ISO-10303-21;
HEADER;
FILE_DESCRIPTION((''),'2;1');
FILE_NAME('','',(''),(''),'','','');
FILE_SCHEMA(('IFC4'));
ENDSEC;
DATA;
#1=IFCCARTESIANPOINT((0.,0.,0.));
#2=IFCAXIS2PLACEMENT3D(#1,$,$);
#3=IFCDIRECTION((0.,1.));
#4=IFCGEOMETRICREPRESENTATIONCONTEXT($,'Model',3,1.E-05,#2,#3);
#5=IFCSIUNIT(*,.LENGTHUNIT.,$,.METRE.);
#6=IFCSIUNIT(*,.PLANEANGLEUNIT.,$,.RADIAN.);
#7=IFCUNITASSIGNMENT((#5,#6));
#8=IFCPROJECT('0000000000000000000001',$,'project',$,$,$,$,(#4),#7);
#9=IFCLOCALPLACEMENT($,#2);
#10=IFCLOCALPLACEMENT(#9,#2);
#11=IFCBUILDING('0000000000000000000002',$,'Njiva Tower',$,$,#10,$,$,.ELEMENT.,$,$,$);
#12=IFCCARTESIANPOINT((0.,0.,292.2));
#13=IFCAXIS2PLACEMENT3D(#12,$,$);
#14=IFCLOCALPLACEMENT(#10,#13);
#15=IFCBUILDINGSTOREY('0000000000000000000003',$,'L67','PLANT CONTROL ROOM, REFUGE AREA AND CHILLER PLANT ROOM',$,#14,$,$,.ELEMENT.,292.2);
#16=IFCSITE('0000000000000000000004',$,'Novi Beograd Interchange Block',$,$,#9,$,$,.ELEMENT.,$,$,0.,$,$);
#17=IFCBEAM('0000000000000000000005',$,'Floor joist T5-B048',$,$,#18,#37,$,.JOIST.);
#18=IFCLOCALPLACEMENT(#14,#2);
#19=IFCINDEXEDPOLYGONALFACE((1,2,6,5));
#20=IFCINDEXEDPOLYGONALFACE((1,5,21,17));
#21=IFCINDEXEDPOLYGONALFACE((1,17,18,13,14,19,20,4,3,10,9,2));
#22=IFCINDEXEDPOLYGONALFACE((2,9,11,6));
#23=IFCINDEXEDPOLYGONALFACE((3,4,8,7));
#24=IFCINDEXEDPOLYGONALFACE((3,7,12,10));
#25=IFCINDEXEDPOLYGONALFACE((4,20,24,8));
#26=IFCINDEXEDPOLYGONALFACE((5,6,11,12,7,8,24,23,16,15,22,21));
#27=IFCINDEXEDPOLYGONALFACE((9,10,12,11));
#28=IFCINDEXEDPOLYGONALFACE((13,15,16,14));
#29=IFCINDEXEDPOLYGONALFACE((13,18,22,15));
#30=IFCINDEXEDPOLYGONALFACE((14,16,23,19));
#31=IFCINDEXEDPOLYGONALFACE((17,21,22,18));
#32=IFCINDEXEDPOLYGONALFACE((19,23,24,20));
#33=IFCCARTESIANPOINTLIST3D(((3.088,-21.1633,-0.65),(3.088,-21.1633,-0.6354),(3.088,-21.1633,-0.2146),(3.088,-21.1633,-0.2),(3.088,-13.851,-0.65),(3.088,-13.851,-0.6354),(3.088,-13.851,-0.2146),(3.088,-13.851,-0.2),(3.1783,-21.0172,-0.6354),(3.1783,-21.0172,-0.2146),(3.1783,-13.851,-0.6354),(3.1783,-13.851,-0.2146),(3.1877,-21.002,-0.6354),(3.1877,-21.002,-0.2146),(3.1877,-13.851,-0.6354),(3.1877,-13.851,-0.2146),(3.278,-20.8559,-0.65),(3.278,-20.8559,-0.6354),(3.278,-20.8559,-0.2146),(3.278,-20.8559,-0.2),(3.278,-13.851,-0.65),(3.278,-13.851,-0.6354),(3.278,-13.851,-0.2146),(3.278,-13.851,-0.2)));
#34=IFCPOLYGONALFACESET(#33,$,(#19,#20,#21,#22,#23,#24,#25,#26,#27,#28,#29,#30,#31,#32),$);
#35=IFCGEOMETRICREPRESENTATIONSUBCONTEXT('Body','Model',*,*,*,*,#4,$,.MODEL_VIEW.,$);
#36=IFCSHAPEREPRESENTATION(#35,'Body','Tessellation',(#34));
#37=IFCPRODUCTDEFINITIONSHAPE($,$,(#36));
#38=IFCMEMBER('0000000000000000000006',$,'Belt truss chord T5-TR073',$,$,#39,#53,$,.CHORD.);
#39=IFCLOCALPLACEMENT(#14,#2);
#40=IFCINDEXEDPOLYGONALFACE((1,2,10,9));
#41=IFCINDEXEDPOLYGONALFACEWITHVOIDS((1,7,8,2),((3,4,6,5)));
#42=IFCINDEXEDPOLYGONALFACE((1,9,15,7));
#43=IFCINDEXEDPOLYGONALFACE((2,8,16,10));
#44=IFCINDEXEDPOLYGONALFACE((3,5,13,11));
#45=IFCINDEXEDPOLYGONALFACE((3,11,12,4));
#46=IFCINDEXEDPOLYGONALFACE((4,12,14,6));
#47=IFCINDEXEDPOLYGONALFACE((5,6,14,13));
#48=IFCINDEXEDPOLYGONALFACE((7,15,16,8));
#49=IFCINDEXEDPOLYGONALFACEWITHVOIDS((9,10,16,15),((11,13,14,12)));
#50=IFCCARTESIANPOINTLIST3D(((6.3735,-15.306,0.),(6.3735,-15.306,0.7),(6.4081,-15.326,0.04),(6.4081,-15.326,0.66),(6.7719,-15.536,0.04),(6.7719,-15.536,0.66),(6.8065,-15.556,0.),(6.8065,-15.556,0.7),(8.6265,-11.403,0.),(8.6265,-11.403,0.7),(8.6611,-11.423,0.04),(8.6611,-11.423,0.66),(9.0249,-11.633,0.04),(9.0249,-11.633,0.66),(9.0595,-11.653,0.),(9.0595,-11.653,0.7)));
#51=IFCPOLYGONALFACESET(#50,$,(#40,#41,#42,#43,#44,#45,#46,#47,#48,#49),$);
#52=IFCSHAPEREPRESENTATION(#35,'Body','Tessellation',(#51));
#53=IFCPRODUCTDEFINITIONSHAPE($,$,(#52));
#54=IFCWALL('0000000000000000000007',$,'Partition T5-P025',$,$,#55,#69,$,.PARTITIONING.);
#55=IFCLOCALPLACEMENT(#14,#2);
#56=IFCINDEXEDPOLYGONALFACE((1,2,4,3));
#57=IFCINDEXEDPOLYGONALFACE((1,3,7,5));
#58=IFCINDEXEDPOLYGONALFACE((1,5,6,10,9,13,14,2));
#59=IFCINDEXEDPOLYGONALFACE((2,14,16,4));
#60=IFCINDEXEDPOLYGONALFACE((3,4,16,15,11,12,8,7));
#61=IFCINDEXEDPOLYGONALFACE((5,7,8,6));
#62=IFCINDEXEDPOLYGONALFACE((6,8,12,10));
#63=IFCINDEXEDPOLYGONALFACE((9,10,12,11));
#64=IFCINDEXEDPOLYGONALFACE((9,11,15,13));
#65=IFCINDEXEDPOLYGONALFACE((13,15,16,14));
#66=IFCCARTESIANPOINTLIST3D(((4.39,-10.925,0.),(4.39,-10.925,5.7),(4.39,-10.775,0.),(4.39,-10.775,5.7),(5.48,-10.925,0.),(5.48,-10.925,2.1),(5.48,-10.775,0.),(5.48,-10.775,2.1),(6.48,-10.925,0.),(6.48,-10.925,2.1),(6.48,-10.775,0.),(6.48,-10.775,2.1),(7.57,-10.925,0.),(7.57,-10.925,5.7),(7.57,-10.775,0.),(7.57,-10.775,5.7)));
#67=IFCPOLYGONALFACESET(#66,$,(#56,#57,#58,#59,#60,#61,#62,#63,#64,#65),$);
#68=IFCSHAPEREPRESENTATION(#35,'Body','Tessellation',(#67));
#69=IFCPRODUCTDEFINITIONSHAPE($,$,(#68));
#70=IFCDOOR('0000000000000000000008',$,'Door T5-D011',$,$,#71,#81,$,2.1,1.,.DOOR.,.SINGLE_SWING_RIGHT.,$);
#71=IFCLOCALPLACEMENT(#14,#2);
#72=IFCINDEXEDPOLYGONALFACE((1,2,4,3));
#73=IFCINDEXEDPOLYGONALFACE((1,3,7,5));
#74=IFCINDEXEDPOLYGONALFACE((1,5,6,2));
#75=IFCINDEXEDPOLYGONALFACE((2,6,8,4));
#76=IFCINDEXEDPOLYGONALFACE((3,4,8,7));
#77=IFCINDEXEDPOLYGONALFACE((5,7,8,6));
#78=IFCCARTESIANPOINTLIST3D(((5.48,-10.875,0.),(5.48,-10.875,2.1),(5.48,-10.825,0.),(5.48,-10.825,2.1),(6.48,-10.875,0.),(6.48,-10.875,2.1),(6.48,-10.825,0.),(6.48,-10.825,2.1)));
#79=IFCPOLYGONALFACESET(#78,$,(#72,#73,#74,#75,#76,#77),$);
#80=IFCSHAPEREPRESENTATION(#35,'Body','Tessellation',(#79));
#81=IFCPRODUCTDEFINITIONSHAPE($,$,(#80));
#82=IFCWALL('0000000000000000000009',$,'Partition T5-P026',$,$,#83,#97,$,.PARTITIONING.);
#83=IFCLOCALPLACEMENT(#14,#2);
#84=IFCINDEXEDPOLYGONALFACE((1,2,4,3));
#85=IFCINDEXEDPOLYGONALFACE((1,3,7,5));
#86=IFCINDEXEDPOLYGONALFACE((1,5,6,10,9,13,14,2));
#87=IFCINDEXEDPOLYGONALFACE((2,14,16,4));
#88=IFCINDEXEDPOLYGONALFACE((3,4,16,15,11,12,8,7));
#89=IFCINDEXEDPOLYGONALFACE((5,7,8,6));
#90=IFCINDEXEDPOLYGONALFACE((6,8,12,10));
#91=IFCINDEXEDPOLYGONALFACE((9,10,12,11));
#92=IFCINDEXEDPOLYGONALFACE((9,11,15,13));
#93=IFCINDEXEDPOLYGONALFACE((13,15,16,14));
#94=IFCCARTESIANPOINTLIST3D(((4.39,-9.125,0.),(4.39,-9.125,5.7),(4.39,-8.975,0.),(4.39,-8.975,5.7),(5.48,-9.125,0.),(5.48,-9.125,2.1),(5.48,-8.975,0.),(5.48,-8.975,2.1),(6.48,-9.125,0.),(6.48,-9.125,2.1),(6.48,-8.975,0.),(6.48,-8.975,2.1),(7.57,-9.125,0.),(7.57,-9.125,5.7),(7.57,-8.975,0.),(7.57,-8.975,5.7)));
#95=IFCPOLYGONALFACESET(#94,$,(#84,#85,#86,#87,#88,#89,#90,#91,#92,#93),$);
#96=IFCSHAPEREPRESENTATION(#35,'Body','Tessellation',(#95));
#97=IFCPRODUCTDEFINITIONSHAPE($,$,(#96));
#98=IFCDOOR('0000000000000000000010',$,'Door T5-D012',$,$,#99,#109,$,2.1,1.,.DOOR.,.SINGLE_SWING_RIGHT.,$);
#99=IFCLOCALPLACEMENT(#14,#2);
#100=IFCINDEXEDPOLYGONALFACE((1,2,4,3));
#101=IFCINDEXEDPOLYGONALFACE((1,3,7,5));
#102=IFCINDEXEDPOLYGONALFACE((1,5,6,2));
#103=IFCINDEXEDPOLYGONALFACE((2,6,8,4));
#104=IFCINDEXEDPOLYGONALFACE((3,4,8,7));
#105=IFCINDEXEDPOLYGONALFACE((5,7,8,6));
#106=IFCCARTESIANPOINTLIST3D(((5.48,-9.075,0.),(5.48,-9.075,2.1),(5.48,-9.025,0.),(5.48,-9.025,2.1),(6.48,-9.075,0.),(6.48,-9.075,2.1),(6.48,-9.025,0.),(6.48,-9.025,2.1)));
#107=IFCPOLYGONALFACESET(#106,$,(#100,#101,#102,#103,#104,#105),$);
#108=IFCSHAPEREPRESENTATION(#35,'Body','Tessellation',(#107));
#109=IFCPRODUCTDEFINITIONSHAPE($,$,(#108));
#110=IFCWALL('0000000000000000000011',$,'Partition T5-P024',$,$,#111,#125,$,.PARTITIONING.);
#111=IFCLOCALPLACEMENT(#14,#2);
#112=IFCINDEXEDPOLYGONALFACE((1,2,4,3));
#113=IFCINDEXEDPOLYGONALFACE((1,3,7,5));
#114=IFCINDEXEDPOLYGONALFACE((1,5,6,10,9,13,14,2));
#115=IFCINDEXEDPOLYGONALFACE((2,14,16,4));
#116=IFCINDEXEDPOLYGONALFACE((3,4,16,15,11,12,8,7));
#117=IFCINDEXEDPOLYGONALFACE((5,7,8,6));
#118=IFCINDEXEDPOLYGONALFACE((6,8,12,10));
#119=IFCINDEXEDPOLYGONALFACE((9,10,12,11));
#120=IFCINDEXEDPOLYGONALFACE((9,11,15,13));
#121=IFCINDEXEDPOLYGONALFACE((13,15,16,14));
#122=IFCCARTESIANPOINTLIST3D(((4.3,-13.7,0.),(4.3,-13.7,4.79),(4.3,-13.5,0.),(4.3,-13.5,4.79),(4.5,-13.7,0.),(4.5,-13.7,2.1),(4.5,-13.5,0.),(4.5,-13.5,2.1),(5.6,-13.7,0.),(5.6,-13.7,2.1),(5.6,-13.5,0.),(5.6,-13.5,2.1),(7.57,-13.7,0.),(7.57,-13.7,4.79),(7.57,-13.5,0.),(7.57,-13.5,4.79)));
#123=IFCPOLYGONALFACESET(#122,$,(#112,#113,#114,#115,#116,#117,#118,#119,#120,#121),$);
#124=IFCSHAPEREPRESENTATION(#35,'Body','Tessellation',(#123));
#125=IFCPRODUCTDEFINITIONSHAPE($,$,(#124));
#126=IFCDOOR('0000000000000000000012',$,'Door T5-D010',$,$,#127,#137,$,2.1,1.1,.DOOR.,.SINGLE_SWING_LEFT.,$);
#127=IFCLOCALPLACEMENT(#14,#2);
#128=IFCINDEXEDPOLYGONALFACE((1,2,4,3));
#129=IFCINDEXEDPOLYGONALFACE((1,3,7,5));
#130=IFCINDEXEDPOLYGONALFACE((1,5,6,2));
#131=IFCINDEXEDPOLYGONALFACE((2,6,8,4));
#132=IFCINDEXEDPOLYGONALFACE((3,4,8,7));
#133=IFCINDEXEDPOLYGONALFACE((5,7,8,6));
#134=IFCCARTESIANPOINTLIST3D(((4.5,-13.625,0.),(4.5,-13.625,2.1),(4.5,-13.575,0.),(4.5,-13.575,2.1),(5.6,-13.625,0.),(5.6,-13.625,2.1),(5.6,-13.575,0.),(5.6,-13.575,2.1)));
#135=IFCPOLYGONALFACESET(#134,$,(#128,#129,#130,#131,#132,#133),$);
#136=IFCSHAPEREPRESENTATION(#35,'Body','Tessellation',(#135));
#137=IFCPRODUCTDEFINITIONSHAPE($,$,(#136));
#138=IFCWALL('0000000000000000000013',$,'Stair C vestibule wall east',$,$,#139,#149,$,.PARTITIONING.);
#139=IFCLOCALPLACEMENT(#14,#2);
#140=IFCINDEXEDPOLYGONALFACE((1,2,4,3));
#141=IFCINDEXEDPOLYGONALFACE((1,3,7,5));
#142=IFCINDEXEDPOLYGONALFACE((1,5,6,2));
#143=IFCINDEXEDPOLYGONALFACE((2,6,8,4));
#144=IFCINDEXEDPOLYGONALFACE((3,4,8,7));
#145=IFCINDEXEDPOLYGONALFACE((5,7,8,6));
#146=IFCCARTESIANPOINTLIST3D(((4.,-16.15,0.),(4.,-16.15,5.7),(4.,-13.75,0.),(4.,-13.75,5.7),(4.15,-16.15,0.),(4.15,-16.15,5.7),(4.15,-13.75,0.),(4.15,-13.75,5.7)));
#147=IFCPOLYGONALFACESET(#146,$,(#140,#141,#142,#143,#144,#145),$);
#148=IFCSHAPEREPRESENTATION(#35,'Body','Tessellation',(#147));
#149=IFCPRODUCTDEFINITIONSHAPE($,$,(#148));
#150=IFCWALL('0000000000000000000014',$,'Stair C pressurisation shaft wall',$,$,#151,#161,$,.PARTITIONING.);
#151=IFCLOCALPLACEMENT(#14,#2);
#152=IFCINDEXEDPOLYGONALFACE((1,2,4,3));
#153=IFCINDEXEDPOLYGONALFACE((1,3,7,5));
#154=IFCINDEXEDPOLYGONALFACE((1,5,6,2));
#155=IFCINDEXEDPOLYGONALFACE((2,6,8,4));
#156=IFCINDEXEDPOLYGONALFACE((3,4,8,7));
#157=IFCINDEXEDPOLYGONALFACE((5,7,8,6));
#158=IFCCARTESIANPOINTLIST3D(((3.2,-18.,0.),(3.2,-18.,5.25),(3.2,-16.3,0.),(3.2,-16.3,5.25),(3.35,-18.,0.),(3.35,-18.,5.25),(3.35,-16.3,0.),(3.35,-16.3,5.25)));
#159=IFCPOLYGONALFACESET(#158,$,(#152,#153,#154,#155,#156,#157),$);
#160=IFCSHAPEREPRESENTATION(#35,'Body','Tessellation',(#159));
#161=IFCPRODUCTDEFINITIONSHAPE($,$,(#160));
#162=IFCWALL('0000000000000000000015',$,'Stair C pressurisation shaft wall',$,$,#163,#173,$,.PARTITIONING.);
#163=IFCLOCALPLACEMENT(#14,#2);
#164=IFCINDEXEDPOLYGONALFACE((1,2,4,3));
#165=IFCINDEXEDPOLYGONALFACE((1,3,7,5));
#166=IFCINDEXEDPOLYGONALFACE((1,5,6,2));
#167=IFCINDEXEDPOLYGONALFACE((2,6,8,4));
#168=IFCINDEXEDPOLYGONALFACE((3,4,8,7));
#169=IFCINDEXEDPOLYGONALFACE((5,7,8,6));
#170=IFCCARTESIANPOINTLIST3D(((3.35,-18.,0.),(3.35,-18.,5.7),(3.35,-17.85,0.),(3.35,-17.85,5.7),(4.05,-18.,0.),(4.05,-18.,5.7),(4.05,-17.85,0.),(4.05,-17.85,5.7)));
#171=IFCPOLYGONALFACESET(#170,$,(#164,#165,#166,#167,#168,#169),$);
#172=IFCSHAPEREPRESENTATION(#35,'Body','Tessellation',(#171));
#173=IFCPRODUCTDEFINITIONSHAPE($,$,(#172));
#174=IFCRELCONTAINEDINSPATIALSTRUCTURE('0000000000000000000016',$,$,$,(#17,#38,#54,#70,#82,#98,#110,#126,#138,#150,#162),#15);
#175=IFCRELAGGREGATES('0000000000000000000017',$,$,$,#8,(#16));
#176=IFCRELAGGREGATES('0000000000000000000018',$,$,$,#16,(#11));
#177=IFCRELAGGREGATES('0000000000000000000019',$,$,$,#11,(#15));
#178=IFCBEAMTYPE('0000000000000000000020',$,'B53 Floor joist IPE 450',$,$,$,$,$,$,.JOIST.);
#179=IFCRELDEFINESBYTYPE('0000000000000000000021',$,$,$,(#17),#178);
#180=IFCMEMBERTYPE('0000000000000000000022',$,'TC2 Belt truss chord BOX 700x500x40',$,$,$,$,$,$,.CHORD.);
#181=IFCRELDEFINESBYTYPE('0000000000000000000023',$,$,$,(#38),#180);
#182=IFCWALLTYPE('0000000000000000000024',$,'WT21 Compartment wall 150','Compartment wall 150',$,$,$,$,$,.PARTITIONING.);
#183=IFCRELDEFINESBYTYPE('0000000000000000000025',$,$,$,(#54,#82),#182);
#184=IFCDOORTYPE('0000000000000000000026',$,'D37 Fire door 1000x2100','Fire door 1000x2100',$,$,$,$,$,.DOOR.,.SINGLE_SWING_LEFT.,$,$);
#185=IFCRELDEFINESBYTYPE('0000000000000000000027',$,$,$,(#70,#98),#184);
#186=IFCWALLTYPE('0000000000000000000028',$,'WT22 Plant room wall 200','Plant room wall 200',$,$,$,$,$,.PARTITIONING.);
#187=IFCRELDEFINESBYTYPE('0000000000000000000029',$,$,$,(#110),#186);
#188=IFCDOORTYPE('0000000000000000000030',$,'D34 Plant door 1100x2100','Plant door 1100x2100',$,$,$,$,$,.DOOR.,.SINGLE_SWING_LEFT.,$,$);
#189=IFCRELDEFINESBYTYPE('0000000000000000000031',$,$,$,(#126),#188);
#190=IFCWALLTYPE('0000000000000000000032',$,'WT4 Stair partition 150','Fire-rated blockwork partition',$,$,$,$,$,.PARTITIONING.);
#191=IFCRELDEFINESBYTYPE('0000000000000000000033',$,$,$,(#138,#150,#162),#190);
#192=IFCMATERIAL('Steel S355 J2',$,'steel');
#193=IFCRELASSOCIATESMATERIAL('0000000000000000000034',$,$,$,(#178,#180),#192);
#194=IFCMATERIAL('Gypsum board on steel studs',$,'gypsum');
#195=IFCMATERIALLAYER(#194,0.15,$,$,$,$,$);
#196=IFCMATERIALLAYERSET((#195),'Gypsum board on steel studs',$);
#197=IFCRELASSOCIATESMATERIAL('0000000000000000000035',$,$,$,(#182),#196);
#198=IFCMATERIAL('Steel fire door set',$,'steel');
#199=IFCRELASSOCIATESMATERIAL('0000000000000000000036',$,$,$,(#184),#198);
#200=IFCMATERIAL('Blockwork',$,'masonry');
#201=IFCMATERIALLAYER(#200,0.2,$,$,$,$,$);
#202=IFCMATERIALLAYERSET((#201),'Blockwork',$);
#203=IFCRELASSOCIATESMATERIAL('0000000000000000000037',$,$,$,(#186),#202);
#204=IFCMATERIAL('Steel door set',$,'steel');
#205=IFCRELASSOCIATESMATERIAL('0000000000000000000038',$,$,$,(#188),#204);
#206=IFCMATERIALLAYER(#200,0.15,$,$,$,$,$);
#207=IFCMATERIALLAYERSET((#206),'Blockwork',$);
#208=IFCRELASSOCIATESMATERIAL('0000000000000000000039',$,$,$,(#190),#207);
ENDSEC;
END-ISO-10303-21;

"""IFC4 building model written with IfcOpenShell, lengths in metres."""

from ifc_helpers import new_model, si_unit, direction, frame, frame_2d, origin, origin_2d, place, context, subcontext, project, spatial, rectangle, hollow_rectangle, i_section, extrude, clip, halfspace, material, layer, layer_set, material_profile, profile_set, type_object, element, fill, save


model = new_model("IFC4")

# Units and contexts
model_context = context("Model", 3, precision=1e-05, world=origin(), true_north=direction((0.0, 1.0)))
body_context = subcontext(model_context, "Body", "Model", "MODEL_VIEW")
ifc_project = project(units=[si_unit("LENGTHUNIT", "METRE"), si_unit("PLANEANGLEUNIT", "RADIAN")], contexts=[model_context])

# Site, building, storey
site_placement = place(None, origin())
site = spatial("IfcSite", under=ifc_project, at=site_placement, Name="Novi Beograd Interchange Block", CompositionType="ELEMENT", RefElevation=0.0)
building_placement = place(site_placement, origin())
building = spatial("IfcBuilding", under=site, at=building_placement, Name="Njiva Tower", CompositionType="ELEMENT")
storey_placement = place(building_placement, frame((0.0, 0.0, 292.2)))
storey = spatial("IfcBuildingStorey", under=building, at=storey_placement, Name="L67", Description="PLANT CONTROL ROOM, REFUGE AREA AND CHILLER PLANT ROOM", CompositionType="ELEMENT", Elevation=292.2)

# Shared definitions
ifc_material_1 = material(Name="Steel S355 J2", Category="steel")

# Beam
ifc_material_profile_1 = material_profile(ifc_material_1, i_section(OverallWidth=0.19, OverallDepth=0.45, WebThickness=0.0094, FlangeThickness=0.0146, at=origin_2d()), Name="IPE 450")
ifc_profile_set_1 = profile_set([ifc_material_profile_1], Name="Steel S355 J2")
beam_type_1 = type_object("IfcBeamType", Name="B53 Floor joist IPE 450", PredefinedType="JOIST", material=ifc_profile_set_1)
beam_1_placement = place(storey_placement, frame((3.183, -13.851, -0.425), z_axis=(0.0, -1.0, 0.0), x_axis=(1.0, 0.0, 0.0)))
element("IfcBeam", 1, at=beam_1_placement, inside=storey, type_object=beam_type_1, Name="Floor joist T5-B048", PredefinedType="JOIST", context=body_context, shape_type="Clipping", body=[
    clip(extrude(i_section(OverallWidth=0.19, OverallDepth=0.45, WebThickness=0.0094, FlangeThickness=0.0146, at=origin_2d()), origin(), (0.0, 0.0, 1.0), 7.332), halfspace(frame((0.0429, 0.0, 7.0892), z_axis=(0.850616, 0.0, 0.525788), x_axis=(0.0, 1.0, 0.0)), False)),
])

# Member
ifc_material_profile_2 = material_profile(ifc_material_1, hollow_rectangle(XDim=0.5, YDim=0.7, WallThickness=0.04, at=origin_2d()), Name="BOX 700x500x40")
ifc_profile_set_2 = profile_set([ifc_material_profile_2], Name="Steel S355 J2")
member_type_1 = type_object("IfcMemberType", Name="TC2 Belt truss chord BOX 700x500x40", PredefinedType="CHORD", material=ifc_profile_set_2)
member_1_placement = place(storey_placement, frame((6.59, -15.431, 0.35), z_axis=(0.499934, 0.866064, 0.0), x_axis=(-0.866064, 0.499934, 0.0)))
element("IfcMember", 2, at=member_1_placement, inside=storey, type_object=member_type_1, Name="Belt truss chord T5-TR073", PredefinedType="CHORD", context=body_context, shape_type="SweptSolid", body=[
    extrude(hollow_rectangle(XDim=0.5, YDim=0.7, WallThickness=0.04, at=origin_2d()), origin(), (0.0, 0.0, 1.0), 4.5066),
])

# Walls, openings, doors
ifc_material_2 = material(Name="Gypsum board on steel studs", Category="gypsum")
ifc_layer_1 = layer(ifc_material_2, 0.15)
ifc_layer_set_1 = layer_set([ifc_layer_1], Name="Gypsum board on steel studs")
wall_type_1 = type_object("IfcWallType", Name="WT21 Compartment wall 150", Description="Compartment wall 150", PredefinedType="PARTITIONING", material=ifc_layer_set_1)
wall_1_placement = place(storey_placement, frame((4.39, -10.85, 0.0), z_axis=(0.0, 0.0, 1.0), x_axis=(1.0, 0.0, 0.0)))
wall_1 = element("IfcWall", 3, at=wall_1_placement, inside=storey, type_object=wall_type_1, Name="Partition T5-P025", PredefinedType="PARTITIONING", context=body_context, shape_type="SweptSolid", body=[
    extrude(rectangle(XDim=3.18, YDim=0.15, at=frame_2d((1.59, 0.0))), origin(), (0.0, 0.0, 1.0), 5.7),
])
opening_1_placement = place(wall_1_placement, frame((1.09, 0.0, 0.0)))
opening_1 = element("IfcOpeningElement", 4, at=opening_1_placement, cuts=wall_1, PredefinedType="OPENING", context=body_context, shape_type="SweptSolid", body=[
    extrude(rectangle(XDim=1.0, YDim=2.1, at=frame_2d((0.5, 1.05))), frame((0.0, 0.085, 0.0), z_axis=(0.0, -1.0, 0.0), x_axis=(1.0, 0.0, 0.0)), (0.0, 0.0, 1.0), 0.17),
])
ifc_material_3 = material(Name="Steel fire door set", Category="steel")
door_type_1 = type_object("IfcDoorType", Name="D37 Fire door 1000x2100", Description="Fire door 1000x2100", OperationType="SINGLE_SWING_LEFT", PredefinedType="DOOR", material=ifc_material_3)
door_1_placement = place(opening_1_placement, origin())
door_1 = element("IfcDoor", 5, at=door_1_placement, inside=storey, type_object=door_type_1, Name="Door T5-D011", OperationType="SINGLE_SWING_RIGHT", OverallHeight=2.1, OverallWidth=1.0, PredefinedType="DOOR", context=body_context, shape_type="SweptSolid", body=[
    extrude(rectangle(XDim=1.0, YDim=2.1, at=frame_2d((0.5, 1.05))), frame((0.0, 0.025, 0.0), z_axis=(0.0, -1.0, 0.0), x_axis=(1.0, 0.0, 0.0)), (0.0, 0.0, 1.0), 0.05),
])
fill(opening_1, door_1)
wall_2_placement = place(storey_placement, frame((4.39, -9.05, 0.0), z_axis=(0.0, 0.0, 1.0), x_axis=(1.0, 0.0, 0.0)))
wall_2 = element("IfcWall", 6, at=wall_2_placement, inside=storey, type_object=wall_type_1, Name="Partition T5-P026", PredefinedType="PARTITIONING", context=body_context, shape_type="SweptSolid", body=[
    extrude(rectangle(XDim=3.18, YDim=0.15, at=frame_2d((1.59, 0.0))), origin(), (0.0, 0.0, 1.0), 5.7),
])
opening_2_placement = place(wall_2_placement, frame((1.09, 0.0, 0.0)))
opening_2 = element("IfcOpeningElement", 7, at=opening_2_placement, cuts=wall_2, PredefinedType="OPENING", context=body_context, shape_type="SweptSolid", body=[
    extrude(rectangle(XDim=1.0, YDim=2.1, at=frame_2d((0.5, 1.05))), frame((0.0, 0.085, 0.0), z_axis=(0.0, -1.0, 0.0), x_axis=(1.0, 0.0, 0.0)), (0.0, 0.0, 1.0), 0.17),
])
door_2_placement = place(opening_2_placement, origin())
door_2 = element("IfcDoor", 8, at=door_2_placement, inside=storey, type_object=door_type_1, Name="Door T5-D012", OperationType="SINGLE_SWING_RIGHT", OverallHeight=2.1, OverallWidth=1.0, PredefinedType="DOOR", context=body_context, shape_type="SweptSolid", body=[
    extrude(rectangle(XDim=1.0, YDim=2.1, at=frame_2d((0.5, 1.05))), frame((0.0, 0.025, 0.0), z_axis=(0.0, -1.0, 0.0), x_axis=(1.0, 0.0, 0.0)), (0.0, 0.0, 1.0), 0.05),
])
fill(opening_2, door_2)
ifc_material_4 = material(Name="Blockwork", Category="masonry")
ifc_layer_2 = layer(ifc_material_4, 0.2)
ifc_layer_set_2 = layer_set([ifc_layer_2], Name="Blockwork")
wall_type_2 = type_object("IfcWallType", Name="WT22 Plant room wall 200", Description="Plant room wall 200", PredefinedType="PARTITIONING", material=ifc_layer_set_2)
wall_3_placement = place(storey_placement, frame((4.3, -13.6, 0.0), z_axis=(0.0, 0.0, 1.0), x_axis=(1.0, 0.0, 0.0)))
wall_3 = element("IfcWall", 9, at=wall_3_placement, inside=storey, type_object=wall_type_2, Name="Partition T5-P024", PredefinedType="PARTITIONING", context=body_context, shape_type="SweptSolid", body=[
    extrude(rectangle(XDim=3.27, YDim=0.2, at=frame_2d((1.635, 0.0))), origin(), (0.0, 0.0, 1.0), 4.79),
])
opening_3_placement = place(wall_3_placement, frame((0.2, 0.0, 0.0)))
opening_3 = element("IfcOpeningElement", 10, at=opening_3_placement, cuts=wall_3, PredefinedType="OPENING", context=body_context, shape_type="SweptSolid", body=[
    extrude(rectangle(XDim=1.1, YDim=2.1, at=frame_2d((0.55, 1.05))), frame((0.0, 0.11, 0.0), z_axis=(0.0, -1.0, 0.0), x_axis=(1.0, 0.0, 0.0)), (0.0, 0.0, 1.0), 0.22),
])
ifc_material_5 = material(Name="Steel door set", Category="steel")
door_type_2 = type_object("IfcDoorType", Name="D34 Plant door 1100x2100", Description="Plant door 1100x2100", OperationType="SINGLE_SWING_LEFT", PredefinedType="DOOR", material=ifc_material_5)
door_3_placement = place(opening_3_placement, origin())
door_3 = element("IfcDoor", 11, at=door_3_placement, inside=storey, type_object=door_type_2, Name="Door T5-D010", OperationType="SINGLE_SWING_LEFT", OverallHeight=2.1, OverallWidth=1.1, PredefinedType="DOOR", context=body_context, shape_type="SweptSolid", body=[
    extrude(rectangle(XDim=1.1, YDim=2.1, at=frame_2d((0.55, 1.05))), frame((0.0, 0.025, 0.0), z_axis=(0.0, -1.0, 0.0), x_axis=(1.0, 0.0, 0.0)), (0.0, 0.0, 1.0), 0.05),
])
fill(opening_3, door_3)

# Walls
ifc_layer_3 = layer(ifc_material_4, 0.15)
ifc_layer_set_3 = layer_set([ifc_layer_3], Name="Blockwork")
wall_type_3 = type_object("IfcWallType", Name="WT4 Stair partition 150", Description="Fire-rated blockwork partition", PredefinedType="PARTITIONING", material=ifc_layer_set_3)
wall_4_placement = place(storey_placement, frame((4.075, -16.15, 0.0), z_axis=(0.0, 0.0, 1.0), x_axis=(0.0, 1.0, 0.0)))
element("IfcWall", 12, at=wall_4_placement, inside=storey, type_object=wall_type_3, Name="Stair C vestibule wall east", PredefinedType="PARTITIONING", context=body_context, shape_type="SweptSolid", body=[
    extrude(rectangle(XDim=2.4, YDim=0.15, at=frame_2d((1.2, 0.0))), origin(), (0.0, 0.0, 1.0), 5.7),
])
wall_5_placement = place(storey_placement, frame((3.275, -18.0, 0.0), z_axis=(0.0, 0.0, 1.0), x_axis=(0.0, 1.0, 0.0)))
element("IfcWall", 13, at=wall_5_placement, inside=storey, type_object=wall_type_3, Name="Stair C pressurisation shaft wall", PredefinedType="PARTITIONING", context=body_context, shape_type="SweptSolid", body=[
    extrude(rectangle(XDim=1.7, YDim=0.15, at=frame_2d((0.85, 0.0))), origin(), (0.0, 0.0, 1.0), 5.25),
])
wall_6_placement = place(storey_placement, frame((3.35, -17.925, 0.0), z_axis=(0.0, 0.0, 1.0), x_axis=(1.0, 0.0, 0.0)))
element("IfcWall", 14, at=wall_6_placement, inside=storey, type_object=wall_type_3, Name="Stair C pressurisation shaft wall", PredefinedType="PARTITIONING", context=body_context, shape_type="SweptSolid", body=[
    extrude(rectangle(XDim=0.7, YDim=0.15, at=frame_2d((0.35, 0.0))), origin(), (0.0, 0.0, 1.0), 5.7),
])

save(model, "model.ifc")
